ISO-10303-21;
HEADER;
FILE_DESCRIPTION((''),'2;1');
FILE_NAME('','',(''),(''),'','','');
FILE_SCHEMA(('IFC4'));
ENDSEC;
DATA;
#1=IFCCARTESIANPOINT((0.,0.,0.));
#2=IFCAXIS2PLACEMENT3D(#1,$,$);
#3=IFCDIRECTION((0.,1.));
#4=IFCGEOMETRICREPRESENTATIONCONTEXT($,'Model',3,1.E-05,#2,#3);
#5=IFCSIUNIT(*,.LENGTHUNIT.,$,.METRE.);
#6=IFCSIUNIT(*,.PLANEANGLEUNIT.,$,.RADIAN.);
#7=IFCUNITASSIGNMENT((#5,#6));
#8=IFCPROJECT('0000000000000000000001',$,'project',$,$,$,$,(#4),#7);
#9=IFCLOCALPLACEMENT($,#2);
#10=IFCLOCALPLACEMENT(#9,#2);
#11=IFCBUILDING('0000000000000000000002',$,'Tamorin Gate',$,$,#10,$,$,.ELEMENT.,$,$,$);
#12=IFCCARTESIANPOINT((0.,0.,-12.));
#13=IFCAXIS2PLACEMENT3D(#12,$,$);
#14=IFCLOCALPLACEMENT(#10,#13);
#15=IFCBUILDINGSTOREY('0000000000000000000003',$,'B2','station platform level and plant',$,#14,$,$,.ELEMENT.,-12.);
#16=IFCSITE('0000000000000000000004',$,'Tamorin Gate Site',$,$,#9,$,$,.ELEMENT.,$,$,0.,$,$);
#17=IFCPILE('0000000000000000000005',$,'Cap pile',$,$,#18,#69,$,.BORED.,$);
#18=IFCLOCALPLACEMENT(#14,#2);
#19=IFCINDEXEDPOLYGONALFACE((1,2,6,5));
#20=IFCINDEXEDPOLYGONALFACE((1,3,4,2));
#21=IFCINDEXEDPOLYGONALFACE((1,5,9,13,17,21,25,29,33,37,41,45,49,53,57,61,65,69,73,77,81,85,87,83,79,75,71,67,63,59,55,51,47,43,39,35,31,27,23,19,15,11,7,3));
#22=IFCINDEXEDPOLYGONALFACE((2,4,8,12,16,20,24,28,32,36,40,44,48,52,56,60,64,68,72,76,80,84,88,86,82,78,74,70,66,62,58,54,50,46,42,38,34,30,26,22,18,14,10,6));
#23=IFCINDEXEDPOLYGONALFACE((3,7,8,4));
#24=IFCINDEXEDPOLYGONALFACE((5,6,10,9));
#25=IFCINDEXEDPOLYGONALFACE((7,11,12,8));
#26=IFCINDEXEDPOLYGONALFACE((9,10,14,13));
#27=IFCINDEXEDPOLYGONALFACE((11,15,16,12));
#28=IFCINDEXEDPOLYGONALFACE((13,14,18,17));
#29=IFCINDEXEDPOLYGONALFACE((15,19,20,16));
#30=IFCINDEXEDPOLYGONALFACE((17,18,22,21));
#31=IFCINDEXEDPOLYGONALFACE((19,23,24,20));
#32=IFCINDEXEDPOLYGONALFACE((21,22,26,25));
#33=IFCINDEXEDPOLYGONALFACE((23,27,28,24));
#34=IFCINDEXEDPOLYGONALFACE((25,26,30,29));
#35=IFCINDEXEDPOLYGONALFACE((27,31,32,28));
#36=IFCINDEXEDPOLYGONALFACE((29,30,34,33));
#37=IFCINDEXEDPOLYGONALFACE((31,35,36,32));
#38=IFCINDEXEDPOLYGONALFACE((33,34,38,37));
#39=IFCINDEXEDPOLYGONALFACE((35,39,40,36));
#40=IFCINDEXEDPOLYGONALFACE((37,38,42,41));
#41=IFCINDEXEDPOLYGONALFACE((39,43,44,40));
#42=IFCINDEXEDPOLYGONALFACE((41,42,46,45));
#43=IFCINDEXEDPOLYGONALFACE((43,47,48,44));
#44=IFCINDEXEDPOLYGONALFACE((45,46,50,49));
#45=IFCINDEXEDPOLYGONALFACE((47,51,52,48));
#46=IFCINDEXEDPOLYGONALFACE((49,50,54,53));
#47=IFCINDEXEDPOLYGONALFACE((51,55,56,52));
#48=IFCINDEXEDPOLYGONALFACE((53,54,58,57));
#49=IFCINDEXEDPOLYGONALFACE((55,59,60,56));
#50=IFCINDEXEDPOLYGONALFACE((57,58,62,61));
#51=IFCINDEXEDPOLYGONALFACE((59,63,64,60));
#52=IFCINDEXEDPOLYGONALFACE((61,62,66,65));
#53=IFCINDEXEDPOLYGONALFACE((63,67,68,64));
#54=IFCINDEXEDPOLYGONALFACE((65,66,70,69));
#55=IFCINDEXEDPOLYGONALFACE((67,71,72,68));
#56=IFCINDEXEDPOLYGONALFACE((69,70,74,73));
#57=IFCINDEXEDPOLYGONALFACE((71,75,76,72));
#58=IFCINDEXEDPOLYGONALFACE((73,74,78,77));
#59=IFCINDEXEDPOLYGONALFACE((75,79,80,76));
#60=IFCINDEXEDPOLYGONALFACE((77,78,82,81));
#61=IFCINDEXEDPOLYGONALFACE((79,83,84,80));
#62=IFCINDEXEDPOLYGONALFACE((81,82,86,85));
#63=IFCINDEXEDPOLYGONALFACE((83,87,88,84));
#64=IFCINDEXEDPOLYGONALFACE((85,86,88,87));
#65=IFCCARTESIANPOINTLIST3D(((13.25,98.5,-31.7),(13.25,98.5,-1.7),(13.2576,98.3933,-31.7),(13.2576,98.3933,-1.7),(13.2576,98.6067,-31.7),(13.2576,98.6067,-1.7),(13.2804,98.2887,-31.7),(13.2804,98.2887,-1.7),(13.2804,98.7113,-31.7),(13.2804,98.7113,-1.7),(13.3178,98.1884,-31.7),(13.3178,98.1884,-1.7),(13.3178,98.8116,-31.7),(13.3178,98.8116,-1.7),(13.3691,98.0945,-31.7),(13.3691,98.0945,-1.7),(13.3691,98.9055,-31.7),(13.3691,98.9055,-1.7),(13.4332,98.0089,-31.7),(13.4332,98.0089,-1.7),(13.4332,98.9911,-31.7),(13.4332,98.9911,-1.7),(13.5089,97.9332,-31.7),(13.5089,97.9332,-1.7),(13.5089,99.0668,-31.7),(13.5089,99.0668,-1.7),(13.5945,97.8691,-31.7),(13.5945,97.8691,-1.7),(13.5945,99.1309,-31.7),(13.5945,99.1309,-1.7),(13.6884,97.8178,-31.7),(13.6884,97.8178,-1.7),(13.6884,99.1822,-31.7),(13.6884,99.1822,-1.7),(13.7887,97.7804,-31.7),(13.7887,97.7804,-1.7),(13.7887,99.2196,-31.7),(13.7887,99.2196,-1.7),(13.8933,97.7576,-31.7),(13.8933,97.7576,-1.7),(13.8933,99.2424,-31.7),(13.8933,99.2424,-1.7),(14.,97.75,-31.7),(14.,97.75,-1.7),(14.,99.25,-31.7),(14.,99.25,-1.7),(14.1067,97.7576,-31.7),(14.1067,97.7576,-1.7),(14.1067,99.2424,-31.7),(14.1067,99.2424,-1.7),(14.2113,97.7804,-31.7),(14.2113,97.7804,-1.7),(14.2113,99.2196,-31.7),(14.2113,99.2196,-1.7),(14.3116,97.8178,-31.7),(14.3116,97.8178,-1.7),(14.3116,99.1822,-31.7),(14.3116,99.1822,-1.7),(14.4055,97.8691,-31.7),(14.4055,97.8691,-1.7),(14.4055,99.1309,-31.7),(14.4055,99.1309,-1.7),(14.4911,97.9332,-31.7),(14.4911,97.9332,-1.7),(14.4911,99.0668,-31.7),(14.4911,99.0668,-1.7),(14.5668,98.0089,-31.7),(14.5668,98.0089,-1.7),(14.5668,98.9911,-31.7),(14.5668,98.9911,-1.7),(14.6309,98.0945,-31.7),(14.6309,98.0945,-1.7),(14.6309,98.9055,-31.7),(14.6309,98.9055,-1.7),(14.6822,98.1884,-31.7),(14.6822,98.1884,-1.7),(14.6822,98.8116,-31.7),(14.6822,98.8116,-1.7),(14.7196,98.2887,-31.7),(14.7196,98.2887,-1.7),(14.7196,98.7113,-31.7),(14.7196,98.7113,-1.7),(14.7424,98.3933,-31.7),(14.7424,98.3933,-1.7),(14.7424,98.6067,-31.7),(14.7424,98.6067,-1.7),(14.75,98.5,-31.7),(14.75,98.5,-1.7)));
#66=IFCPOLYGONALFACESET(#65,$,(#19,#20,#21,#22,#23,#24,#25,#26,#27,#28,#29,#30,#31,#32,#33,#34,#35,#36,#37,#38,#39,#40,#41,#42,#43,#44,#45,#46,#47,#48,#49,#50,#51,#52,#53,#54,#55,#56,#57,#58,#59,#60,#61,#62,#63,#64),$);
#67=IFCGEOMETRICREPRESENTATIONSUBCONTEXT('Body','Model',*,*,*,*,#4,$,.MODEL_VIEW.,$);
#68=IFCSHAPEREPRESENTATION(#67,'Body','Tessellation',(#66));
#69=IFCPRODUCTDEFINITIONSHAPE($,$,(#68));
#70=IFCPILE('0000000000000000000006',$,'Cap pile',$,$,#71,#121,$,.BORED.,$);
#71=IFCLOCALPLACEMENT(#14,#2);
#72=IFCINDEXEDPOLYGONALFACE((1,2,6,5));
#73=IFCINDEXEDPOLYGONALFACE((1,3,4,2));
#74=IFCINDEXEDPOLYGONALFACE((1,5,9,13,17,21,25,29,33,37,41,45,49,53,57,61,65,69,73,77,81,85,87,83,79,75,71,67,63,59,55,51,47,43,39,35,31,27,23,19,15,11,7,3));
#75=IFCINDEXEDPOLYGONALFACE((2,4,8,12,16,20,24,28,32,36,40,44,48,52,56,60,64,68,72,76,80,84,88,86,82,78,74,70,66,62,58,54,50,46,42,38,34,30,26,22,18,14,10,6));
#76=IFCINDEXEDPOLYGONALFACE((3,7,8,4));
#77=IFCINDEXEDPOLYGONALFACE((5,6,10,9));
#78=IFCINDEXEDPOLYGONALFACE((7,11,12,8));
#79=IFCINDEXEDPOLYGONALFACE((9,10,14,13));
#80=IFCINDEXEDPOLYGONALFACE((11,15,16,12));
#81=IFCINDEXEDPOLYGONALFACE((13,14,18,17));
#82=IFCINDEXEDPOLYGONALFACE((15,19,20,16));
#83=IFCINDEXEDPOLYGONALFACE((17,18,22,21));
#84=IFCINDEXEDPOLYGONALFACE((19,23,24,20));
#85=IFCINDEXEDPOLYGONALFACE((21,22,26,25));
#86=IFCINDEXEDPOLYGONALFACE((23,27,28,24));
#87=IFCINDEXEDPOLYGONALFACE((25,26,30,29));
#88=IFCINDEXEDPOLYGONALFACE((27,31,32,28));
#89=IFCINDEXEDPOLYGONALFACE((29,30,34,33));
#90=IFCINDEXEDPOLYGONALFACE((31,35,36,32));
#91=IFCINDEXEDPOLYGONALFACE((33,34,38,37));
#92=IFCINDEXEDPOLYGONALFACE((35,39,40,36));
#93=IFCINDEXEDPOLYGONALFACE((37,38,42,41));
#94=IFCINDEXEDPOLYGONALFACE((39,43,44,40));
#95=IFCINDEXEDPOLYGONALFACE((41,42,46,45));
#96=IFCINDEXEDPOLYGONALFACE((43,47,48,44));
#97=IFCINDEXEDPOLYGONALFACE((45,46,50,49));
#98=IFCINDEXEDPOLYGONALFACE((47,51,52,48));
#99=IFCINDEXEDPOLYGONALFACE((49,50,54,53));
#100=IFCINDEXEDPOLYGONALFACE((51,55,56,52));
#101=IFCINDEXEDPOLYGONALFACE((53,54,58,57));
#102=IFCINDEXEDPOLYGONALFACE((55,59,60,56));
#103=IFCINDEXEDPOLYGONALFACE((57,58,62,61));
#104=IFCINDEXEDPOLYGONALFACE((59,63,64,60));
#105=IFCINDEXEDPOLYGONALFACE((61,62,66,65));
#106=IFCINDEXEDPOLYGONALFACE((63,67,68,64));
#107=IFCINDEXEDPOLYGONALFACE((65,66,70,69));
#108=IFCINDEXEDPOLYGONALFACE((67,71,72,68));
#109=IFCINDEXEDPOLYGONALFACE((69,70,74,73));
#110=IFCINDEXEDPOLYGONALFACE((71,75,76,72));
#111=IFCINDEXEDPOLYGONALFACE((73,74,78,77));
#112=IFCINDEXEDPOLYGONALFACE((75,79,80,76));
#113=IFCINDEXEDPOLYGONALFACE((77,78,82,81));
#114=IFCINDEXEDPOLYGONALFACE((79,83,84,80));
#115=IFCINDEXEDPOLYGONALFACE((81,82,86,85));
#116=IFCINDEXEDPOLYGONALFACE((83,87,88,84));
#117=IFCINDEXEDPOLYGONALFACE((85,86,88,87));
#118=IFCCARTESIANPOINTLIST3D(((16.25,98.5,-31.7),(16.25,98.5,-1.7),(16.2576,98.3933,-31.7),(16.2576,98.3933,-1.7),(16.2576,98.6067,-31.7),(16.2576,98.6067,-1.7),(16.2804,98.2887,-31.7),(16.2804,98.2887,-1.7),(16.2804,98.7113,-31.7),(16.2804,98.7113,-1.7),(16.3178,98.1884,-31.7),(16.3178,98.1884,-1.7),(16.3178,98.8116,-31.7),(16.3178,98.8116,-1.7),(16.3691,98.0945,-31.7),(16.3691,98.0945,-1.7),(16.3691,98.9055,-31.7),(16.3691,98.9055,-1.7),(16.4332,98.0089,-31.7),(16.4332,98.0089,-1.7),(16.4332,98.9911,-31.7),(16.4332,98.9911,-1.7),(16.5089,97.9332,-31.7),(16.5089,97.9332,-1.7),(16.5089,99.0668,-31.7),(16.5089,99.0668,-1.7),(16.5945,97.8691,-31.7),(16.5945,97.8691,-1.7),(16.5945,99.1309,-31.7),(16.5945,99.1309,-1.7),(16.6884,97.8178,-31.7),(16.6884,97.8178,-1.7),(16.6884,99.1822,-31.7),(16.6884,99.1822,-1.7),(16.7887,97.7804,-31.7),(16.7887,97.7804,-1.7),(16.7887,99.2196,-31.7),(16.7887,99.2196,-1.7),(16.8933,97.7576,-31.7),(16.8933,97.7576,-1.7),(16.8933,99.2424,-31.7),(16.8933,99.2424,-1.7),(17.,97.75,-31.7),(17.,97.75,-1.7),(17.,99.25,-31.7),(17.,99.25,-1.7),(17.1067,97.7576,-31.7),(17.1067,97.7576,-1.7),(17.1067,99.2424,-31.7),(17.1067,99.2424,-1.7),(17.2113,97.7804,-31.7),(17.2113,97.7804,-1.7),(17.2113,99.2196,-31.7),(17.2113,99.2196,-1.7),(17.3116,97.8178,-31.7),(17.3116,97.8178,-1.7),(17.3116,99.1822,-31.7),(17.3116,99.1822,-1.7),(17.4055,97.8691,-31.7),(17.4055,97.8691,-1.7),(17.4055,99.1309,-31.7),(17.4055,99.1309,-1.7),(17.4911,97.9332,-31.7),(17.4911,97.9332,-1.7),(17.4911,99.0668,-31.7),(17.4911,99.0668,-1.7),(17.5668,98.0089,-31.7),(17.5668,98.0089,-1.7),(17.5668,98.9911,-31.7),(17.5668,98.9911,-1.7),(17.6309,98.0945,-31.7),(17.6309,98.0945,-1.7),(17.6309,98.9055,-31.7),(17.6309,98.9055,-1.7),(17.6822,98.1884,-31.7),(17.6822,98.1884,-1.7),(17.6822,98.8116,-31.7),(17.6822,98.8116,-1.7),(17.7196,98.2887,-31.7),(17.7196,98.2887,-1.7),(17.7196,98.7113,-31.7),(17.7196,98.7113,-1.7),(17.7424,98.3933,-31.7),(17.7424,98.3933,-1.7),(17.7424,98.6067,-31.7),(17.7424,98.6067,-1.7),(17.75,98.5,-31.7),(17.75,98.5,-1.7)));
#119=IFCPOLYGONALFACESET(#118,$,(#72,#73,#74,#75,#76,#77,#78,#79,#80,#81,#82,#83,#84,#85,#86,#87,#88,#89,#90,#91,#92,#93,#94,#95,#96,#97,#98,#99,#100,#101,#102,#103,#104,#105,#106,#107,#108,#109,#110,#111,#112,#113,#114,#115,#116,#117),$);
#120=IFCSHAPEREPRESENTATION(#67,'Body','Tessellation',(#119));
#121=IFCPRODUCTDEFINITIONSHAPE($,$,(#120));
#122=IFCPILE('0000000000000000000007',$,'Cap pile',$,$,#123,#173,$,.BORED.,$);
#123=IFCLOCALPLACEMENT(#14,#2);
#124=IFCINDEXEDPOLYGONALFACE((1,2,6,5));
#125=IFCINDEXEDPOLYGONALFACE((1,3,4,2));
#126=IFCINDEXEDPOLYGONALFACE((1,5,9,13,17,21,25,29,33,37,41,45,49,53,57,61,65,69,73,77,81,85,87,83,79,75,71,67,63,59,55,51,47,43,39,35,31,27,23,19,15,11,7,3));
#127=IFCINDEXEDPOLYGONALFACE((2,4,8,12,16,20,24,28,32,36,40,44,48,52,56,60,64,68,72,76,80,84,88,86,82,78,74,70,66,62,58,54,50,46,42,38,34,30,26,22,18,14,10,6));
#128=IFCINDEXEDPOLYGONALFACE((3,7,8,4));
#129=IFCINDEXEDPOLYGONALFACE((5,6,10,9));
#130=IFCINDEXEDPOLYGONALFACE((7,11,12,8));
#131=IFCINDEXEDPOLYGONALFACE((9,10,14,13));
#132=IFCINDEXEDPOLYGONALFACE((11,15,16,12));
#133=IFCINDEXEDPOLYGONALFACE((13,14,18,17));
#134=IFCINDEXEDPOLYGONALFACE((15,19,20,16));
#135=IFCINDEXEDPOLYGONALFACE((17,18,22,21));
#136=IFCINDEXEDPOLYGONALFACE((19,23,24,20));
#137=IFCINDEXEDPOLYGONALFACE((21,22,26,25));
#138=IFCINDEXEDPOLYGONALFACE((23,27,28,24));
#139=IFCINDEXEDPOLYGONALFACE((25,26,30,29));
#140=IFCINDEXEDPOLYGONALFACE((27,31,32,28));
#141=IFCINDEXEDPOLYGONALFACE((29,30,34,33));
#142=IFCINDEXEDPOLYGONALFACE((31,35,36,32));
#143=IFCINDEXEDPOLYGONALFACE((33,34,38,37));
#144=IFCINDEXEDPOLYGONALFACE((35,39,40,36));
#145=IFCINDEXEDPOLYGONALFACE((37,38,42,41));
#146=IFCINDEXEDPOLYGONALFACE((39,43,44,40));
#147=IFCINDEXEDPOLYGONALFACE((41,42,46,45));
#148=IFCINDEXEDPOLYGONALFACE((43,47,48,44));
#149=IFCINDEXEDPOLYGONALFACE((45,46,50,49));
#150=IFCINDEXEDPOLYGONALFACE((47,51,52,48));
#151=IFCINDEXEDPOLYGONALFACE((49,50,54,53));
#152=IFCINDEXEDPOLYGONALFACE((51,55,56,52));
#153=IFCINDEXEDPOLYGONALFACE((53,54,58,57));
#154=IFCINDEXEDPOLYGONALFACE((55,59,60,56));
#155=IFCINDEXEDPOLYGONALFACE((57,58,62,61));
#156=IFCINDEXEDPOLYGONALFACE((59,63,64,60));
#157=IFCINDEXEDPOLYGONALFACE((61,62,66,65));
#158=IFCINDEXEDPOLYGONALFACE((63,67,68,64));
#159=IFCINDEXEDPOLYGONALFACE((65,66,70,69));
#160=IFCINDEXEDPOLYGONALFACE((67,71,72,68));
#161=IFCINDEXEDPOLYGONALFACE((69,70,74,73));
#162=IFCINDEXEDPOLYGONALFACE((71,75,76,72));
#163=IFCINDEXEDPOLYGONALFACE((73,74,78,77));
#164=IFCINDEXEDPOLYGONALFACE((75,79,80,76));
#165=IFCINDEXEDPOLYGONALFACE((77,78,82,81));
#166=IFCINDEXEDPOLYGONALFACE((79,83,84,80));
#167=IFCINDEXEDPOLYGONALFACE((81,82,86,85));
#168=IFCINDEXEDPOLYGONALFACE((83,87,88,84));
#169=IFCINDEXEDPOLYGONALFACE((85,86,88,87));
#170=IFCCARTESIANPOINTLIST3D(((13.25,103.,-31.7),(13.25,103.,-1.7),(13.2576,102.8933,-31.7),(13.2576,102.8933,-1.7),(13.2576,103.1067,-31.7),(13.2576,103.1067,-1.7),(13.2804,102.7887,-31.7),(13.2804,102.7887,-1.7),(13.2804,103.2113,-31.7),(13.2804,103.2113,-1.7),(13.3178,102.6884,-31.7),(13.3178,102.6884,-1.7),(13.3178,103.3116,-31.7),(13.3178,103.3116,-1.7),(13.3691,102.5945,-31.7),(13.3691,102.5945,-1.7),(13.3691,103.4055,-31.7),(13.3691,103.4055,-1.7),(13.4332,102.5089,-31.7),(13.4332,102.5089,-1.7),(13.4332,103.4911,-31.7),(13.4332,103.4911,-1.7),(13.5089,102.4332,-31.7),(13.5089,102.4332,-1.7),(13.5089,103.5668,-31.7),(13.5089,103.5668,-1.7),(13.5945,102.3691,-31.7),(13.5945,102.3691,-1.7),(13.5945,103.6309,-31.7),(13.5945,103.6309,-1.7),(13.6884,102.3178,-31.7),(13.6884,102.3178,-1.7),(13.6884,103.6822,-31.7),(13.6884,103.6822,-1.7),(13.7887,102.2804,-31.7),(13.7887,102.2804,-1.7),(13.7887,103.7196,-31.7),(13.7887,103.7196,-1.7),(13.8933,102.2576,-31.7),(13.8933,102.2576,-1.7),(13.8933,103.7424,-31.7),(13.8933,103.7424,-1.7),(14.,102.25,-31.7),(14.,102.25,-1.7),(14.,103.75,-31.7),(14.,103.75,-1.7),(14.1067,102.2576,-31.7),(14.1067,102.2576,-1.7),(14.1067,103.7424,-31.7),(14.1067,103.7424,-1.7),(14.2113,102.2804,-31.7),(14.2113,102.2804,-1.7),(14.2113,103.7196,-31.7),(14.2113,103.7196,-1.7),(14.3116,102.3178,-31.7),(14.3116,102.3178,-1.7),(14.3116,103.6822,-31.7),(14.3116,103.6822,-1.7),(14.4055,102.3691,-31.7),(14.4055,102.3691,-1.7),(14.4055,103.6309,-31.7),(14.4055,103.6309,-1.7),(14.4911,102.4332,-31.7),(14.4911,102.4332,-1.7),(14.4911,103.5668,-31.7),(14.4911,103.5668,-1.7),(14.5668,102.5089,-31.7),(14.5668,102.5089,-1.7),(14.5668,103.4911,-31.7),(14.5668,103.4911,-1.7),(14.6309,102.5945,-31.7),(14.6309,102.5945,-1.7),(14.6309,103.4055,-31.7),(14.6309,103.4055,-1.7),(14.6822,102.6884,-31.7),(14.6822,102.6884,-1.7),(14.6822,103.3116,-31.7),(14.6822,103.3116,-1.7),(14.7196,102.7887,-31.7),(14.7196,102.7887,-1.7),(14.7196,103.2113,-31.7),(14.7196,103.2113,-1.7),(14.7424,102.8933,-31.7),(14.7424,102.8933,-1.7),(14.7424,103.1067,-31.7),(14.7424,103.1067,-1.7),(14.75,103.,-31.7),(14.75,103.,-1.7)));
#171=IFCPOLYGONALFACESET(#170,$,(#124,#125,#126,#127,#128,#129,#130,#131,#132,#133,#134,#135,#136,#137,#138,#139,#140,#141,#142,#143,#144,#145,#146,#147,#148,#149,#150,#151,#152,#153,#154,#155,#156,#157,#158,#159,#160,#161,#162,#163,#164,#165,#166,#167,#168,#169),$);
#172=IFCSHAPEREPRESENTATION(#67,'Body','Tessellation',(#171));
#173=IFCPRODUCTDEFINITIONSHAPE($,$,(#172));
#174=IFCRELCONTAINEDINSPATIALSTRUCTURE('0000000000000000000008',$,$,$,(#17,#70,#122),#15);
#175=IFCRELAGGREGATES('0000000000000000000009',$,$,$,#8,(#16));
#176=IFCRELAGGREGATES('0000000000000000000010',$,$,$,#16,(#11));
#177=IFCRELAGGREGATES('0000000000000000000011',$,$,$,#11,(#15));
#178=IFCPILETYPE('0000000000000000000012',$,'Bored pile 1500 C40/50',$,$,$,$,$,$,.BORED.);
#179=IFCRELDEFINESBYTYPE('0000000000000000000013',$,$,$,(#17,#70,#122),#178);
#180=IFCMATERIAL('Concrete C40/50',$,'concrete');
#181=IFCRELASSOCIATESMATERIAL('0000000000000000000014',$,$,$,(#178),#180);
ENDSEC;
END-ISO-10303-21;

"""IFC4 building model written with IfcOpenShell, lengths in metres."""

from ifc_helpers import new_model, si_unit, direction, frame, origin, origin_2d, place, context, subcontext, project, spatial, circle, extrude, material, material_profile, profile_set, type_object, element, save


model = new_model("IFC4")

# Units and contexts
model_context = context("Model", 3, precision=1e-05, world=origin(), true_north=direction((0.0, 1.0)))
body_context = subcontext(model_context, "Body", "Model", "MODEL_VIEW")
ifc_project = project(units=[si_unit("LENGTHUNIT", "METRE"), si_unit("PLANEANGLEUNIT", "RADIAN")], contexts=[model_context])

# Site, building, storey
site_placement = place(None, origin())
site = spatial("IfcSite", under=ifc_project, at=site_placement, Name="Tamorin Gate Site", CompositionType="ELEMENT", RefElevation=0.0)
building_placement = place(site_placement, origin())
building = spatial("IfcBuilding", under=site, at=building_placement, Name="Tamorin Gate", CompositionType="ELEMENT")
storey_placement = place(building_placement, frame((0.0, 0.0, -12.0)))
storey = spatial("IfcBuildingStorey", under=building, at=storey_placement, Name="B2", Description="station platform level and plant", CompositionType="ELEMENT", Elevation=-12.0)

# Piles
ifc_material_1 = material(Name="Concrete C40/50", Category="concrete")
ifc_material_profile_1 = material_profile(ifc_material_1, circle(Radius=0.75, at=origin_2d()))
ifc_profile_set_1 = profile_set([ifc_material_profile_1], Name="Concrete C40/50")
pile_type = type_object("IfcPileType", Name="Bored pile 1500 C40/50", PredefinedType="BORED", material=ifc_profile_set_1)
for number, where, z_axis, x_axis, name in (
    (1, (14.0, 98.5, -1.7), (0.0, 0.0, -1.0), (1.0, 0.0, 0.0), "Cap pile"),
    (2, (17.0, 98.5, -1.7), (0.0, 0.0, -1.0), (1.0, 0.0, 0.0), "Cap pile"),
    (3, (14.0, 103.0, -1.7), (0.0, 0.0, -1.0), (1.0, 0.0, 0.0), "Cap pile"),
):
    element("IfcPile", number, at=place(storey_placement, frame(where, z_axis=z_axis, x_axis=x_axis)), inside=storey, type_object=pile_type, Name=name, PredefinedType="BORED", context=body_context, shape_type="SweptSolid", body=[
        extrude(circle(Radius=0.75, at=origin_2d()), origin(), (0.0, 0.0, 1.0), 30.0),
    ])

save(model, "model.ifc")
